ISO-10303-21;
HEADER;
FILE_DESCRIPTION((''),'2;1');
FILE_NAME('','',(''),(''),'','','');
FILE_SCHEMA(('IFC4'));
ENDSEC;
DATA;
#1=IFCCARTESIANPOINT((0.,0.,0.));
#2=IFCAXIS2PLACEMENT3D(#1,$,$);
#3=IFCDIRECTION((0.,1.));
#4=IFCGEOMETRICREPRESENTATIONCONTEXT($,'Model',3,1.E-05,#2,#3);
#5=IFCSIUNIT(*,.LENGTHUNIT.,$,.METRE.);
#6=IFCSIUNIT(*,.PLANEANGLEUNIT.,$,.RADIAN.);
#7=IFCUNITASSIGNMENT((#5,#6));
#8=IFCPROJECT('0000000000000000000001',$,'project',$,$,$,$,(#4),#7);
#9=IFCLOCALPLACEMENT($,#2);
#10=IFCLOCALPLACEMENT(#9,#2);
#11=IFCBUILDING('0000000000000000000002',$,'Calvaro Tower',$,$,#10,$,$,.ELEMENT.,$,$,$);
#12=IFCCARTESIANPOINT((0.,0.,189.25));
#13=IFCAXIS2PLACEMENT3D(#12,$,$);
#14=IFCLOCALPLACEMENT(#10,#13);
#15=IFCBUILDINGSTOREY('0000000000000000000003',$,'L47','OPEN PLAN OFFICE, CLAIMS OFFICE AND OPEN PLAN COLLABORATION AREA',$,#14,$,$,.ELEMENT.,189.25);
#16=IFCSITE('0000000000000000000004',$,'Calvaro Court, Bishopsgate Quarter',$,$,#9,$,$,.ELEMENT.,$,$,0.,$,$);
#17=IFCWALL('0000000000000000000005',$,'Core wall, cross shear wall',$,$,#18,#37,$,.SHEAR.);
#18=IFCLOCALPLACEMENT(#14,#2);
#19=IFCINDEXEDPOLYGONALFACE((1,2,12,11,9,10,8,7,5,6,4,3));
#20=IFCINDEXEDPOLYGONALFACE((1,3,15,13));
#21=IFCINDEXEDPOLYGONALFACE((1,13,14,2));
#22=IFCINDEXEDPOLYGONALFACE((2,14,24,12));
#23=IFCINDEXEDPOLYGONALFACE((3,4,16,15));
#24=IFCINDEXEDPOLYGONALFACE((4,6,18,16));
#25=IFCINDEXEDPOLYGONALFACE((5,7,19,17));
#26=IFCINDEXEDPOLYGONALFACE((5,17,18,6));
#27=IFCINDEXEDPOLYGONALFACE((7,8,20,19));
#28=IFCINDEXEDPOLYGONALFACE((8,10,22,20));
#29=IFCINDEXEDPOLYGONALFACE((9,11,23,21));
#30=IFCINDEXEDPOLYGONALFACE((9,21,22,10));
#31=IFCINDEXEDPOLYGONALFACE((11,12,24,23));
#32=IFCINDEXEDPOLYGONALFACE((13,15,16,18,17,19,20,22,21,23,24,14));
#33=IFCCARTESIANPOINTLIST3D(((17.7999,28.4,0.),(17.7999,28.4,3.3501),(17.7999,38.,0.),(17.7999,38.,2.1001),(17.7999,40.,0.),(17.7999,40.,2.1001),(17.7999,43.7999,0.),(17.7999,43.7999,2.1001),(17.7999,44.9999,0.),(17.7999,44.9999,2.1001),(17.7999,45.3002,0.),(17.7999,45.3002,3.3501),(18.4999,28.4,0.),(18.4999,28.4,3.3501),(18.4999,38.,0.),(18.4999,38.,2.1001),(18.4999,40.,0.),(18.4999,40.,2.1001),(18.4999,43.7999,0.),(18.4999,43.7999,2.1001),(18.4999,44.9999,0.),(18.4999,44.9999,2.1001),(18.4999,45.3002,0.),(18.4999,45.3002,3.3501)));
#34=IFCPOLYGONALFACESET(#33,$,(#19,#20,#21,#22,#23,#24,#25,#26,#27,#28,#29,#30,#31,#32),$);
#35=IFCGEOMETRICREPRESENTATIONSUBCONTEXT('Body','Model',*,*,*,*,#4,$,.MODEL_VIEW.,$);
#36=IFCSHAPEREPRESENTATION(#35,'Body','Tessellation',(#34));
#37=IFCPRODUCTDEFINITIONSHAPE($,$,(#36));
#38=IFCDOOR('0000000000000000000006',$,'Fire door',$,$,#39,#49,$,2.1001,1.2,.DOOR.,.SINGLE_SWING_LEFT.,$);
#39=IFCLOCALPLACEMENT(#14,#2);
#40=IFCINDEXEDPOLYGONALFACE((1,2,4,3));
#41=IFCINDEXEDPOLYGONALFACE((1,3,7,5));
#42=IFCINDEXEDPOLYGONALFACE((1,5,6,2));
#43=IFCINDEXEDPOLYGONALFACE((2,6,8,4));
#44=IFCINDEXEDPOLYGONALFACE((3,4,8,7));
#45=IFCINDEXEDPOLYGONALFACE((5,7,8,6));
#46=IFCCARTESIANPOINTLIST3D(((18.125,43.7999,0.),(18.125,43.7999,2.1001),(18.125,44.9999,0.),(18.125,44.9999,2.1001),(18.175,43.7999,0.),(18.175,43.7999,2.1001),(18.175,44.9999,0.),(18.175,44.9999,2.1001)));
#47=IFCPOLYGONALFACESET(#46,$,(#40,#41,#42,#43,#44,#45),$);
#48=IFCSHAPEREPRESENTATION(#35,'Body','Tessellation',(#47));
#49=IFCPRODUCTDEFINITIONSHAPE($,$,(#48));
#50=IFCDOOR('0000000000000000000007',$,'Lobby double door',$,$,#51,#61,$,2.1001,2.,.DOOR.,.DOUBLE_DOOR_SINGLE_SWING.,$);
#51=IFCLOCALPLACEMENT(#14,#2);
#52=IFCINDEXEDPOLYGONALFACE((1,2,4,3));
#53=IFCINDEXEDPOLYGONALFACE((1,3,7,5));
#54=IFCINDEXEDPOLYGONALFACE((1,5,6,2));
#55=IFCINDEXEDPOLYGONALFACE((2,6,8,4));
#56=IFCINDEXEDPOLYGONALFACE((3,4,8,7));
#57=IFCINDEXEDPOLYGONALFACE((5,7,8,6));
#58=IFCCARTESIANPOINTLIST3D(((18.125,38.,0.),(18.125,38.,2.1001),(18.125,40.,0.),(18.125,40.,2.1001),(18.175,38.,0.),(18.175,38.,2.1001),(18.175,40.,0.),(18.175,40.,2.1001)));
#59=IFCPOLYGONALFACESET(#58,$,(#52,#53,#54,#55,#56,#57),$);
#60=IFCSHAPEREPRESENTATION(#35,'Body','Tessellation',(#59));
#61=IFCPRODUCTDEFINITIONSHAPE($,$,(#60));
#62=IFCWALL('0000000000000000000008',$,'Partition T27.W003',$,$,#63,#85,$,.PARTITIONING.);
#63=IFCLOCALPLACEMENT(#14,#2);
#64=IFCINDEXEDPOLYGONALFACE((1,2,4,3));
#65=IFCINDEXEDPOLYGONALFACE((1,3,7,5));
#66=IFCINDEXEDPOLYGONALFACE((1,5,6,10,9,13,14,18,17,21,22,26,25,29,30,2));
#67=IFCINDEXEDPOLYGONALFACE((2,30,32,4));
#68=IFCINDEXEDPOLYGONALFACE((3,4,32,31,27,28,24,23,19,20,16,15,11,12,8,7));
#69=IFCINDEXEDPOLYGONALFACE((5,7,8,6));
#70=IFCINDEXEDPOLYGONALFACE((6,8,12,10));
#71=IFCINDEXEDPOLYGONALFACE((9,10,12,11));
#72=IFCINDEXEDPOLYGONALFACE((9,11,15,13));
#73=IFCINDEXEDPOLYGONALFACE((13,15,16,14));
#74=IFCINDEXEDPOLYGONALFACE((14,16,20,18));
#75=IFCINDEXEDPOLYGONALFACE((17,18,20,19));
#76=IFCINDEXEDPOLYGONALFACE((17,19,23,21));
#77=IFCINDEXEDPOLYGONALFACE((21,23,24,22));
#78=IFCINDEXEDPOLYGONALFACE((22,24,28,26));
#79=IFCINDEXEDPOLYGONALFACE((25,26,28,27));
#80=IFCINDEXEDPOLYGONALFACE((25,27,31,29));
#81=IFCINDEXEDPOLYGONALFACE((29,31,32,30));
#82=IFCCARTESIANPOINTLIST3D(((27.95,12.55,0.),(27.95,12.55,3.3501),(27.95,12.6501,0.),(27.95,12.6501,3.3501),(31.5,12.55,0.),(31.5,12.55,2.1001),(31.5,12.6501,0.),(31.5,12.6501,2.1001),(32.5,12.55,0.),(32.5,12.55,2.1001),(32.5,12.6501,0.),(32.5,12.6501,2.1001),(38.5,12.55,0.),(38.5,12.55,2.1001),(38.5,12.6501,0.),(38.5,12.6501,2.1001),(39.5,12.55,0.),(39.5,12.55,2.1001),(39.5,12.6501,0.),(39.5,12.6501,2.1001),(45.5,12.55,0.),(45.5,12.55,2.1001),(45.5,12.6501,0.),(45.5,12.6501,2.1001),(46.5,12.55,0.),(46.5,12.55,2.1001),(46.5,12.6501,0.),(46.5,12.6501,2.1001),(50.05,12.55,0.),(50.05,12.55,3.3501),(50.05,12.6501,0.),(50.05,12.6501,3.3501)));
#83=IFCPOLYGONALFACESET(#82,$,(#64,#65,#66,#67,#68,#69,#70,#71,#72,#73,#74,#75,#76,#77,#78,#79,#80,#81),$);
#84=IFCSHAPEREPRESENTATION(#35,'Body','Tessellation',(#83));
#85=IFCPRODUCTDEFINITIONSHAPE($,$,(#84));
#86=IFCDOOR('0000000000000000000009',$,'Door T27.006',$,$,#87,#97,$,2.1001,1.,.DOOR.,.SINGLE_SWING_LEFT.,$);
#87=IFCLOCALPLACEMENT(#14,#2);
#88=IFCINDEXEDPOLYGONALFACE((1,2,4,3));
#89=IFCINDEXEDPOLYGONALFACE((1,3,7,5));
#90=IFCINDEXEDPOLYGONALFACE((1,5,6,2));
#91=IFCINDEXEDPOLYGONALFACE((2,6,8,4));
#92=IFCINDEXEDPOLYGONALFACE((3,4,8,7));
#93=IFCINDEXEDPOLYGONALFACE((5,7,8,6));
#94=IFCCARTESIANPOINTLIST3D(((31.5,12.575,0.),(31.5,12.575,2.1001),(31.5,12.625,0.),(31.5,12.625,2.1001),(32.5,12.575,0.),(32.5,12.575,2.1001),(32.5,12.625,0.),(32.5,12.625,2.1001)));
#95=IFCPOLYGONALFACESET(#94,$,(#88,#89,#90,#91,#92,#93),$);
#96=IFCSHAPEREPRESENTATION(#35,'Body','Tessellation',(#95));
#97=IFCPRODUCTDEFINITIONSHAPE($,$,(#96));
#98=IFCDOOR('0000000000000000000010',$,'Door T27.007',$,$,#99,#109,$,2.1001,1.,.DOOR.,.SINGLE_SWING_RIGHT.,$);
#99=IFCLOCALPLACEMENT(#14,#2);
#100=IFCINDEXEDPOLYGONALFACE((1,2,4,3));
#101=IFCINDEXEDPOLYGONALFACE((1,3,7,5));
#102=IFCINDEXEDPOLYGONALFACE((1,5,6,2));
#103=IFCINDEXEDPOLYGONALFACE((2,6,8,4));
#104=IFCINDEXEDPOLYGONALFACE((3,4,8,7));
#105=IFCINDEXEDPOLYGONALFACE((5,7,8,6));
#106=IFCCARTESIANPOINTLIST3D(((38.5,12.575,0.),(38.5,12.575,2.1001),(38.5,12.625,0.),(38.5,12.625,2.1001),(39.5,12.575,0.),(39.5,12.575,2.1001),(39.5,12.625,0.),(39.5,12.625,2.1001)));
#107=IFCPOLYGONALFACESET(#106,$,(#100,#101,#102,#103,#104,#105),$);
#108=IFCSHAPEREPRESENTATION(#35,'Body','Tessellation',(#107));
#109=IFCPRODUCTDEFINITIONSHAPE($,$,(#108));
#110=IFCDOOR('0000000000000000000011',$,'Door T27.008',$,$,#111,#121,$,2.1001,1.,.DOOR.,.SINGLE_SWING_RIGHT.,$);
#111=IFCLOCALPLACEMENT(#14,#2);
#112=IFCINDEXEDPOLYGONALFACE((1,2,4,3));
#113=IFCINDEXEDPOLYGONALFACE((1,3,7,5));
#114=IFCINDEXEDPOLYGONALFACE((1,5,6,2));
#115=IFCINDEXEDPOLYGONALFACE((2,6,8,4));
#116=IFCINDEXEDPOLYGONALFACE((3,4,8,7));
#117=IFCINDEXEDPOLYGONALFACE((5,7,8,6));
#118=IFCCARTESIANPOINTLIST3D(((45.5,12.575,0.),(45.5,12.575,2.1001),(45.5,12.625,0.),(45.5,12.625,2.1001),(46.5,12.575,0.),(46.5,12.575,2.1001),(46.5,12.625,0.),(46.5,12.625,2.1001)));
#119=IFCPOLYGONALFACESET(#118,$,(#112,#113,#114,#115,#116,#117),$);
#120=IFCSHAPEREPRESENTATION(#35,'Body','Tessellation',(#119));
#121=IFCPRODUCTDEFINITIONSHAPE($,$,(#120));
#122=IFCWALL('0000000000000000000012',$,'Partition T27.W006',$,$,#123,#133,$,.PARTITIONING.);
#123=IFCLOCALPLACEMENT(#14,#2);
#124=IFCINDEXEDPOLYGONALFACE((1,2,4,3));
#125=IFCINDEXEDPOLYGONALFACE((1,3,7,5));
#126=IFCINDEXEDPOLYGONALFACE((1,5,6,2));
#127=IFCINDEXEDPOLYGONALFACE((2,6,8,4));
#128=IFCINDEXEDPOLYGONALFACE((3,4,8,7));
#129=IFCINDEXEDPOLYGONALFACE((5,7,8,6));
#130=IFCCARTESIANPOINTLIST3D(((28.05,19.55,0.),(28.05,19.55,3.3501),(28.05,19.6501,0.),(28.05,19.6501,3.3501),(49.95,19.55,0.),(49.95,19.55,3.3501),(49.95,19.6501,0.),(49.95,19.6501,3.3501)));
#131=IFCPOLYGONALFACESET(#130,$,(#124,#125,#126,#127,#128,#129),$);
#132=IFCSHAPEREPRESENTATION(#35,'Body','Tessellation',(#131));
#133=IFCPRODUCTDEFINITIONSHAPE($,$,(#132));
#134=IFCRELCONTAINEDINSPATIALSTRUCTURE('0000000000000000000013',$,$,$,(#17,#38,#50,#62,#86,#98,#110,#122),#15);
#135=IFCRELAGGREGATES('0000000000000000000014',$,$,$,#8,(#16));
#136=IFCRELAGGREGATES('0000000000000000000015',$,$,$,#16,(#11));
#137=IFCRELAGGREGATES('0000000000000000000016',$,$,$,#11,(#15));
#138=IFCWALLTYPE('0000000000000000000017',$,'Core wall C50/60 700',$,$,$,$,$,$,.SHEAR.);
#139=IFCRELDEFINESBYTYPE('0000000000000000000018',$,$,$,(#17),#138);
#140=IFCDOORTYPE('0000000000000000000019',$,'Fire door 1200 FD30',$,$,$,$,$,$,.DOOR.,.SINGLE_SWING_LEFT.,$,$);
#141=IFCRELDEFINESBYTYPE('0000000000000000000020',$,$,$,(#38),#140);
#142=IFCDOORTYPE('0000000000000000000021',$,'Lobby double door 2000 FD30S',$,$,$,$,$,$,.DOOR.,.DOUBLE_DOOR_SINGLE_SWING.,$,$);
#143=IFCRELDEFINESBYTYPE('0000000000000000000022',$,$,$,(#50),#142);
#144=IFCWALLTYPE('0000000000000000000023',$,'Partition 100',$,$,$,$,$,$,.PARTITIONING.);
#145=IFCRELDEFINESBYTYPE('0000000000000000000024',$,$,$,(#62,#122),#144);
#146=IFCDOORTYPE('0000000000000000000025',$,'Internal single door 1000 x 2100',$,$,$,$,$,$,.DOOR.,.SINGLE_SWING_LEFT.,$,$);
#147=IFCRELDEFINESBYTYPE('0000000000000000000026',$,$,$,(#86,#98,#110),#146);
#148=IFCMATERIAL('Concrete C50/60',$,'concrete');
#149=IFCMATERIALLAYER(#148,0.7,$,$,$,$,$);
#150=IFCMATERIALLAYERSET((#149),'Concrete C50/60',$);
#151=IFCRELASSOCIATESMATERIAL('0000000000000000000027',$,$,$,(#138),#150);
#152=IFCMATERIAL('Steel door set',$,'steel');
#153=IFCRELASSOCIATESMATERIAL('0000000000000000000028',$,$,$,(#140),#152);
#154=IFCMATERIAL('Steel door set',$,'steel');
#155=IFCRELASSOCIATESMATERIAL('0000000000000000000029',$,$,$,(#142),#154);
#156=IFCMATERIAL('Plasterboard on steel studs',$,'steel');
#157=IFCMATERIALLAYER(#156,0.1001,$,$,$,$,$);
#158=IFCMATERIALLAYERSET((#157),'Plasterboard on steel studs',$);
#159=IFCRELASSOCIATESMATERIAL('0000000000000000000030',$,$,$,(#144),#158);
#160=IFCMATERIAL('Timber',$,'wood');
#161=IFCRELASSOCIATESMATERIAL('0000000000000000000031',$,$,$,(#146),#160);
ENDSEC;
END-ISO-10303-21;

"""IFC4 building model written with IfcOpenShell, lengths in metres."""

from ifc_helpers import new_model, si_unit, direction, frame, frame_2d, origin, place, context, subcontext, project, spatial, rectangle, extrude, material, layer, layer_set, type_object, element, fill, save


model = new_model("IFC4")

# Units and contexts
model_context = context("Model", 3, precision=1e-05, world=origin(), true_north=direction((0.0, 1.0)))
body_context = subcontext(model_context, "Body", "Model", "MODEL_VIEW")
ifc_project = project(units=[si_unit("LENGTHUNIT", "METRE"), si_unit("PLANEANGLEUNIT", "RADIAN")], contexts=[model_context])

# Site, building, storey
site_placement = place(None, origin())
site = spatial("IfcSite", under=ifc_project, at=site_placement, Name="Calvaro Court, Bishopsgate Quarter", CompositionType="ELEMENT", RefElevation=0.0)
building_placement = place(site_placement, origin())
building = spatial("IfcBuilding", under=site, at=building_placement, Name="Calvaro Tower", CompositionType="ELEMENT")
storey_placement = place(building_placement, frame((0.0, 0.0, 189.25)))
storey = spatial("IfcBuildingStorey", under=building, at=storey_placement, Name="L47", Description="OPEN PLAN OFFICE, CLAIMS OFFICE AND OPEN PLAN COLLABORATION AREA", CompositionType="ELEMENT", Elevation=189.25)

# Walls, openings, doors
ifc_material_1 = material(Name="Concrete C50/60", Category="concrete")
ifc_layer_1 = layer(ifc_material_1, 0.7)
ifc_layer_set_1 = layer_set([ifc_layer_1], Name="Concrete C50/60")
wall_type_1 = type_object("IfcWallType", Name="Core wall C50/60 700", PredefinedType="SHEAR", material=ifc_layer_set_1)
wall_1_placement = place(storey_placement, frame((18.1499, 28.3999, 0.0), z_axis=(0.0, 0.0, 1.0), x_axis=(0.0, 1.0, 0.0)))
wall_1 = element("IfcWall", 1, at=wall_1_placement, inside=storey, type_object=wall_type_1, Name="Core wall, cross shear wall", PredefinedType="SHEAR", context=body_context, shape_type="SweptSolid", body=[
    extrude(rectangle(XDim=16.9001, YDim=0.7, at=frame_2d((8.4502, 0.0))), origin(), (0.0, 0.0, 1.0), 3.3501),
])
opening_1_placement = place(wall_1_placement, frame((9.6001, 0.0, 0.0)))
opening_1 = element("IfcOpeningElement", 2, at=opening_1_placement, cuts=wall_1, PredefinedType="OPENING", context=body_context, shape_type="SweptSolid", body=[
    extrude(rectangle(XDim=2.0, YDim=2.1001, at=frame_2d((1.0, 1.05))), frame((0.0, 0.3599, 0.0), z_axis=(0.0, -1.0, 0.0), x_axis=(1.0, 0.0, 0.0)), (0.0, 0.0, 1.0), 0.72),
])
opening_2_placement = place(wall_1_placement, frame((15.3999, 0.0, 0.0)))
opening_2 = element("IfcOpeningElement", 3, at=opening_2_placement, cuts=wall_1, PredefinedType="OPENING", context=body_context, shape_type="SweptSolid", body=[
    extrude(rectangle(XDim=1.2, YDim=2.1001, at=frame_2d((0.6001, 1.05))), frame((0.0, 0.3599, 0.0), z_axis=(0.0, -1.0, 0.0), x_axis=(1.0, 0.0, 0.0)), (0.0, 0.0, 1.0), 0.72),
])
ifc_material_2 = material(Name="Steel door set", Category="steel")
door_type_1 = type_object("IfcDoorType", Name="Fire door 1200 FD30", OperationType="SINGLE_SWING_LEFT", PredefinedType="DOOR", material=ifc_material_2)
door_1_placement = place(opening_2_placement, origin())
door_1 = element("IfcDoor", 4, at=door_1_placement, inside=storey, type_object=door_type_1, Name="Fire door", OperationType="SINGLE_SWING_LEFT", OverallHeight=2.1001, OverallWidth=1.2, PredefinedType="DOOR", context=body_context, shape_type="SweptSolid", body=[
    extrude(rectangle(XDim=1.2, YDim=2.1001, at=frame_2d((0.6001, 1.05))), frame((0.0, 0.0249, 0.0), z_axis=(0.0, -1.0, 0.0), x_axis=(1.0, 0.0, 0.0)), (0.0, 0.0, 1.0), 0.05),
])
fill(opening_2, door_1)
ifc_material_3 = material(Name="Steel door set", Category="steel")
door_type_2 = type_object("IfcDoorType", Name="Lobby double door 2000 FD30S", OperationType="DOUBLE_DOOR_SINGLE_SWING", PredefinedType="DOOR", material=ifc_material_3)
door_2_placement = place(opening_1_placement, origin())
door_2 = element("IfcDoor", 5, at=door_2_placement, inside=storey, type_object=door_type_2, Name="Lobby double door", OperationType="DOUBLE_DOOR_SINGLE_SWING", OverallHeight=2.1001, OverallWidth=2.0, PredefinedType="DOOR", context=body_context, shape_type="SweptSolid", body=[
    extrude(rectangle(XDim=2.0, YDim=2.1001, at=frame_2d((1.0, 1.05))), frame((0.0, 0.0249, 0.0), z_axis=(0.0, -1.0, 0.0), x_axis=(1.0, 0.0, 0.0)), (0.0, 0.0, 1.0), 0.05),
])
fill(opening_1, door_2)
ifc_material_4 = material(Name="Plasterboard on steel studs", Category="steel")
ifc_layer_2 = layer(ifc_material_4, 0.1001)
ifc_layer_set_2 = layer_set([ifc_layer_2], Name="Plasterboard on steel studs")
wall_type_2 = type_object("IfcWallType", Name="Partition 100", PredefinedType="PARTITIONING", material=ifc_layer_set_2)
wall_2_placement = place(storey_placement, frame((27.95, 12.6001, 0.0), z_axis=(0.0, 0.0, 1.0), x_axis=(1.0, 0.0, 0.0)))
wall_2 = element("IfcWall", 6, at=wall_2_placement, inside=storey, type_object=wall_type_2, Name="Partition T27.W003", PredefinedType="PARTITIONING", context=body_context, shape_type="SweptSolid", body=[
    extrude(rectangle(XDim=22.1001, YDim=0.1001, at=frame_2d((11.05, 0.0))), origin(), (0.0, 0.0, 1.0), 3.3501),
])
opening_3_placement = place(wall_2_placement, frame((3.55, 0.0, 0.0)))
opening_3 = element("IfcOpeningElement", 7, at=opening_3_placement, cuts=wall_2, PredefinedType="OPENING", context=body_context, shape_type="SweptSolid", body=[
    extrude(rectangle(XDim=1.0, YDim=2.1001, at=frame_2d((0.5, 1.05))), frame((0.0, 0.0601, 0.0), z_axis=(0.0, -1.0, 0.0), x_axis=(1.0, 0.0, 0.0)), (0.0, 0.0, 1.0), 0.1201),
])
opening_4_placement = place(wall_2_placement, frame((10.55, 0.0, 0.0)))
opening_4 = element("IfcOpeningElement", 8, at=opening_4_placement, cuts=wall_2, PredefinedType="OPENING", context=body_context, shape_type="SweptSolid", body=[
    extrude(rectangle(XDim=1.0, YDim=2.1001, at=frame_2d((0.5, 1.05))), frame((0.0, 0.0601, 0.0), z_axis=(0.0, -1.0, 0.0), x_axis=(1.0, 0.0, 0.0)), (0.0, 0.0, 1.0), 0.1201),
])
opening_5_placement = place(wall_2_placement, frame((17.55, 0.0, 0.0)))
opening_5 = element("IfcOpeningElement", 9, at=opening_5_placement, cuts=wall_2, PredefinedType="OPENING", context=body_context, shape_type="SweptSolid", body=[
    extrude(rectangle(XDim=1.0, YDim=2.1001, at=frame_2d((0.5, 1.05))), frame((0.0, 0.0601, 0.0), z_axis=(0.0, -1.0, 0.0), x_axis=(1.0, 0.0, 0.0)), (0.0, 0.0, 1.0), 0.1201),
])
ifc_material_5 = material(Name="Timber", Category="wood")
door_type_3 = type_object("IfcDoorType", Name="Internal single door 1000 x 2100", OperationType="SINGLE_SWING_LEFT", PredefinedType="DOOR", material=ifc_material_5)
door_3_placement = place(opening_3_placement, origin())
door_3 = element("IfcDoor", 10, at=door_3_placement, inside=storey, type_object=door_type_3, Name="Door T27.006", OperationType="SINGLE_SWING_LEFT", OverallHeight=2.1001, OverallWidth=1.0, PredefinedType="DOOR", context=body_context, shape_type="SweptSolid", body=[
    extrude(rectangle(XDim=1.0, YDim=2.1001, at=frame_2d((0.5, 1.05))), frame((0.0, 0.0249, 0.0), z_axis=(0.0, -1.0, 0.0), x_axis=(1.0, 0.0, 0.0)), (0.0, 0.0, 1.0), 0.05),
])
fill(opening_3, door_3)
door_4_placement = place(opening_4_placement, origin())
door_4 = element("IfcDoor", 11, at=door_4_placement, inside=storey, type_object=door_type_3, Name="Door T27.007", OperationType="SINGLE_SWING_RIGHT", OverallHeight=2.1001, OverallWidth=1.0, PredefinedType="DOOR", context=body_context, shape_type="SweptSolid", body=[
    extrude(rectangle(XDim=1.0, YDim=2.1001, at=frame_2d((0.5, 1.05))), frame((0.0, 0.0249, 0.0), z_axis=(0.0, -1.0, 0.0), x_axis=(1.0, 0.0, 0.0)), (0.0, 0.0, 1.0), 0.05),
])
fill(opening_4, door_4)
door_5_placement = place(opening_5_placement, origin())
door_5 = element("IfcDoor", 12, at=door_5_placement, inside=storey, type_object=door_type_3, Name="Door T27.008", OperationType="SINGLE_SWING_RIGHT", OverallHeight=2.1001, OverallWidth=1.0, PredefinedType="DOOR", context=body_context, shape_type="SweptSolid", body=[
    extrude(rectangle(XDim=1.0, YDim=2.1001, at=frame_2d((0.5, 1.05))), frame((0.0, 0.0249, 0.0), z_axis=(0.0, -1.0, 0.0), x_axis=(1.0, 0.0, 0.0)), (0.0, 0.0, 1.0), 0.05),
])
fill(opening_5, door_5)

# Wall
wall_3_placement = place(storey_placement, frame((28.05, 19.6001, 0.0), z_axis=(0.0, 0.0, 1.0), x_axis=(1.0, 0.0, 0.0)))
element("IfcWall", 13, at=wall_3_placement, inside=storey, type_object=wall_type_2, Name="Partition T27.W006", PredefinedType="PARTITIONING", context=body_context, shape_type="SweptSolid", body=[
    extrude(rectangle(XDim=21.8999, YDim=0.1001, at=frame_2d((10.95, 0.0))), origin(), (0.0, 0.0, 1.0), 3.3501),
])

save(model, "model.ifc")
